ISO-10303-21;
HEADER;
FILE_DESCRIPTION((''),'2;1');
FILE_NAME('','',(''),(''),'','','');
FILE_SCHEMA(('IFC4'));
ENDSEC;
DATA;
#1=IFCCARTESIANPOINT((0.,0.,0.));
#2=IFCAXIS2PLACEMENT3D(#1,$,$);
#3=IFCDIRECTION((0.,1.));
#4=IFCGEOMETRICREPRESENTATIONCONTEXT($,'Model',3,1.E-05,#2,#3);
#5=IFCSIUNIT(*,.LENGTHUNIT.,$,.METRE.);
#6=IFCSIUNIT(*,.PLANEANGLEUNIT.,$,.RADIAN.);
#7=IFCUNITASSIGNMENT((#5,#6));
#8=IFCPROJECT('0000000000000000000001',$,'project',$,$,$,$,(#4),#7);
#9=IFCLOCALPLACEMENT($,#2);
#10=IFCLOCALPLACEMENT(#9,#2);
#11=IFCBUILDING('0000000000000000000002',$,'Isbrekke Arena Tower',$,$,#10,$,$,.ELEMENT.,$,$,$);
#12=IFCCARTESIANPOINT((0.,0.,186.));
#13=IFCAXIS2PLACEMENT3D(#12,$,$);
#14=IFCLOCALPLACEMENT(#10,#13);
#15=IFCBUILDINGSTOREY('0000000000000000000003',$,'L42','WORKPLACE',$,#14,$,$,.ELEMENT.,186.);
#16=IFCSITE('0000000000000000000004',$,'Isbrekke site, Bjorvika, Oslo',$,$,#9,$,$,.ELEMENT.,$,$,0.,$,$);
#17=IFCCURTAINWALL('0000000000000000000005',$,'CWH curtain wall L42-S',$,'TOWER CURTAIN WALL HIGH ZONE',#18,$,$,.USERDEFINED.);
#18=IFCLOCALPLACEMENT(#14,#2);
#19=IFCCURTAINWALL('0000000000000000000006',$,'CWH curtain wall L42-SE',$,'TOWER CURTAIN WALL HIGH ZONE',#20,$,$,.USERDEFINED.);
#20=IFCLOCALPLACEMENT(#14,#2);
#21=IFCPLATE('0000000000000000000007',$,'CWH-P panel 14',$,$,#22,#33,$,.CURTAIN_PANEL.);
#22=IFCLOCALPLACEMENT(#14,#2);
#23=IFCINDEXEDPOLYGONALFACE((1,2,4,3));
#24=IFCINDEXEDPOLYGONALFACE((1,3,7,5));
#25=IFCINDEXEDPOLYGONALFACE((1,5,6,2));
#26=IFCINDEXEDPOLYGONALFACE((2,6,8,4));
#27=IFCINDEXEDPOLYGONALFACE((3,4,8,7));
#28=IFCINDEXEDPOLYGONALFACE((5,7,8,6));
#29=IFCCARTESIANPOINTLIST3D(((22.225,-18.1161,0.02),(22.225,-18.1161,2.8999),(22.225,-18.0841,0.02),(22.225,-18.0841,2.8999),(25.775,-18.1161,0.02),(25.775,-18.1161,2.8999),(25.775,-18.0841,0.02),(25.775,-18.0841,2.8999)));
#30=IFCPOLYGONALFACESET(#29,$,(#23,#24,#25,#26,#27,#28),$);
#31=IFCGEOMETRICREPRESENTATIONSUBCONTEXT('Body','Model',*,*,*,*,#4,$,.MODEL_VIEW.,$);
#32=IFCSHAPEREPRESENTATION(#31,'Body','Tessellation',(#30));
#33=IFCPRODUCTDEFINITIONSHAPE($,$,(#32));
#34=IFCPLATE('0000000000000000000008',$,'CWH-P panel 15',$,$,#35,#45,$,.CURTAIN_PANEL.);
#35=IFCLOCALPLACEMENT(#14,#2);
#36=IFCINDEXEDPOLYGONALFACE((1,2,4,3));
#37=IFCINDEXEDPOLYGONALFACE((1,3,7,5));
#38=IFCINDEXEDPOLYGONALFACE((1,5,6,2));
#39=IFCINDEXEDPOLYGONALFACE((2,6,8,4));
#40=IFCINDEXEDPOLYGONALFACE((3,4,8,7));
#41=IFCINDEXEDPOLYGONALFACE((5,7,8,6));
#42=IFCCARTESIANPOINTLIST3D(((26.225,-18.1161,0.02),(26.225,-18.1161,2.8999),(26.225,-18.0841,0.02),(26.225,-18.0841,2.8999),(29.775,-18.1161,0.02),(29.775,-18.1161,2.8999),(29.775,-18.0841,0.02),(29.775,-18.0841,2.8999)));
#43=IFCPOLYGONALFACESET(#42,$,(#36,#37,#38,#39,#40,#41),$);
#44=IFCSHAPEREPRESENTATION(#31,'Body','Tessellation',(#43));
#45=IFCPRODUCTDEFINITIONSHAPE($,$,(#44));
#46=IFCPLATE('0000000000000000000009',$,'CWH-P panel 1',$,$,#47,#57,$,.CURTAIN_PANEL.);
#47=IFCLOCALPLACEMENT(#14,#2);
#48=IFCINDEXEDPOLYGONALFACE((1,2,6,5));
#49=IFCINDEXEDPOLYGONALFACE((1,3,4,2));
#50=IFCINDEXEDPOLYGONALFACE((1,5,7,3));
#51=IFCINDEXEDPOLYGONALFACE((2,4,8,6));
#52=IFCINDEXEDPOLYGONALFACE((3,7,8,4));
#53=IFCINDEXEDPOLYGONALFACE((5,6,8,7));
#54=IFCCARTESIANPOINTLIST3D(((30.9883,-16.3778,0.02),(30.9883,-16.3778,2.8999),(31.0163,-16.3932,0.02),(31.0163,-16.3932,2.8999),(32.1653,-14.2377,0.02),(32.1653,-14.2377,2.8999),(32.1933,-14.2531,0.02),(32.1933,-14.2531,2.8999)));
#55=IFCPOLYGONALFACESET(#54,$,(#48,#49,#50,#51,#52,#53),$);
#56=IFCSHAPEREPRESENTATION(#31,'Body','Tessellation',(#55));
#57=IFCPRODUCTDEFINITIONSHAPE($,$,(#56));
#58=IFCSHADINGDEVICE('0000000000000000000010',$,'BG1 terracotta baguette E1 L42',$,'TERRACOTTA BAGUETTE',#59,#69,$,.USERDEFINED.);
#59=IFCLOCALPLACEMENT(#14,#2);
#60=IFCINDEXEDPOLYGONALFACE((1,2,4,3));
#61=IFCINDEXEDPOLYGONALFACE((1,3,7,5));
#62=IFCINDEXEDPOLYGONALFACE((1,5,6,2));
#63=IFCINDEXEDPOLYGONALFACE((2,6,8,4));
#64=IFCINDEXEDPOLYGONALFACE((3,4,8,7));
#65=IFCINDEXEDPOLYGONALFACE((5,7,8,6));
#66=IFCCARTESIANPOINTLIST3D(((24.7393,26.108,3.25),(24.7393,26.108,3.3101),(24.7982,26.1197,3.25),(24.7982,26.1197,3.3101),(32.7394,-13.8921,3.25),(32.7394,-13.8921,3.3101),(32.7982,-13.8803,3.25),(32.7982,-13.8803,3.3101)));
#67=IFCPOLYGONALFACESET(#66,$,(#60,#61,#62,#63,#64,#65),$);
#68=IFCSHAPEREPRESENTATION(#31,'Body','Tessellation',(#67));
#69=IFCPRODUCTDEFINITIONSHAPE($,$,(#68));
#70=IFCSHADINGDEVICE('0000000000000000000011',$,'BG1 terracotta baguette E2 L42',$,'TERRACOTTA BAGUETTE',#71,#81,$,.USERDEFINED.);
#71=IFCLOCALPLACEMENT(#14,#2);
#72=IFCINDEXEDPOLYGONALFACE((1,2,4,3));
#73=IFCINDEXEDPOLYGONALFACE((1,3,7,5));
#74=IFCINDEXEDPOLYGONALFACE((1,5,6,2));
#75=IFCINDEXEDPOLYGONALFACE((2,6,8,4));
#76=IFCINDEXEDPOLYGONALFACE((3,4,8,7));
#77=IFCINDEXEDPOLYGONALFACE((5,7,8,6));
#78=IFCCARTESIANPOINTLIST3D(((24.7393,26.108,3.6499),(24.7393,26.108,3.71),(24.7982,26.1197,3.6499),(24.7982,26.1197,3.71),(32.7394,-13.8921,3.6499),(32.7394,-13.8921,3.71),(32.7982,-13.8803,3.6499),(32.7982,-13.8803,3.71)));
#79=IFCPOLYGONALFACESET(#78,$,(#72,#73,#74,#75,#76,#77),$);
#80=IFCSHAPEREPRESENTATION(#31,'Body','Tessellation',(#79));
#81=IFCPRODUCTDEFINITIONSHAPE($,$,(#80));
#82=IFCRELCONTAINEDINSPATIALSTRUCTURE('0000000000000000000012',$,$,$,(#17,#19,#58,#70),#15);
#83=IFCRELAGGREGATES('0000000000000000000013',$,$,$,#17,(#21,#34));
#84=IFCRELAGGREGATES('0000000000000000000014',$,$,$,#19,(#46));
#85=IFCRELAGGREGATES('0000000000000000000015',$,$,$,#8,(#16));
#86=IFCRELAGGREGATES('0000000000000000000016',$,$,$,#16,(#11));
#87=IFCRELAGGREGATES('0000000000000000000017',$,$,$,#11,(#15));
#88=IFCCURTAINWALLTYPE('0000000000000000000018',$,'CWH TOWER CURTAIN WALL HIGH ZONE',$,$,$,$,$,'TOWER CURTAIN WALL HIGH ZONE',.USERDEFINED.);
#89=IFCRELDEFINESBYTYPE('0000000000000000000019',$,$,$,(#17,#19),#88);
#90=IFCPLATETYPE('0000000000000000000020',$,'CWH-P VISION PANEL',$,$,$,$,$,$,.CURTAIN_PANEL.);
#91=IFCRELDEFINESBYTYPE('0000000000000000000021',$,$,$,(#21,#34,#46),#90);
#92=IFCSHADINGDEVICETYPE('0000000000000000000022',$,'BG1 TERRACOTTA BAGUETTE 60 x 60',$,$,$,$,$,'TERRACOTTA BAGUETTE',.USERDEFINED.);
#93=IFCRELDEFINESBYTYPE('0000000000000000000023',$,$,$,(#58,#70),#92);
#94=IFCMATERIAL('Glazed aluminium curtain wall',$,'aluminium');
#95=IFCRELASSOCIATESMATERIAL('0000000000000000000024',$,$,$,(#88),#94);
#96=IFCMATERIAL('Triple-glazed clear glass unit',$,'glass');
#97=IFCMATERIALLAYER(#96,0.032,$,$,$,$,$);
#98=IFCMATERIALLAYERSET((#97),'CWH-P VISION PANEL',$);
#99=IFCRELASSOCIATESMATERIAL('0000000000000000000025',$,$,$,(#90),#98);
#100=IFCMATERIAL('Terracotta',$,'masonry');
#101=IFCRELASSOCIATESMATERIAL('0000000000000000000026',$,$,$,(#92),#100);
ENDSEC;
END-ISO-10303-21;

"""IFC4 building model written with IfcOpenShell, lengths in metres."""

from ifc_helpers import new_model, si_unit, direction, frame, origin, origin_2d, place, context, subcontext, project, spatial, rectangle, extrude, material, layer, layer_set, material_profile, profile_set, type_object, element, aggregate, save


model = new_model("IFC4")

# Units and contexts
model_context = context("Model", 3, precision=1e-05, world=origin(), true_north=direction((0.0, 1.0)))
body_context = subcontext(model_context, "Body", "Model", "MODEL_VIEW")
ifc_project = project(units=[si_unit("LENGTHUNIT", "METRE"), si_unit("PLANEANGLEUNIT", "RADIAN")], contexts=[model_context])

# Site, building, storey
site_placement = place(None, origin())
site = spatial("IfcSite", under=ifc_project, at=site_placement, Name="Isbrekke site, Bjorvika, Oslo", CompositionType="ELEMENT", RefElevation=0.0)
building_placement = place(site_placement, origin())
building = spatial("IfcBuilding", under=site, at=building_placement, Name="Isbrekke Arena Tower", CompositionType="ELEMENT")
storey_placement = place(building_placement, frame((0.0, 0.0, 186.0)))
storey = spatial("IfcBuildingStorey", under=building, at=storey_placement, Name="L42", Description="WORKPLACE", CompositionType="ELEMENT", Elevation=186.0)

# Curtain walls
ifc_material_1 = material(Name="Glazed aluminium curtain wall", Category="aluminium")
curtain_wall_type = type_object("IfcCurtainWallType", Name="CWH TOWER CURTAIN WALL HIGH ZONE", ElementType="TOWER CURTAIN WALL HIGH ZONE", PredefinedType="USERDEFINED", material=ifc_material_1)
curtain_wall_1_placement = place(storey_placement, origin())
curtain_wall_1 = element("IfcCurtainWall", 1, at=curtain_wall_1_placement, inside=storey, type_object=curtain_wall_type, Name="CWH curtain wall L42-S", ObjectType="TOWER CURTAIN WALL HIGH ZONE", PredefinedType="USERDEFINED")
curtain_wall_2_placement = place(storey_placement, origin())
curtain_wall_2 = element("IfcCurtainWall", 2, at=curtain_wall_2_placement, inside=storey, type_object=curtain_wall_type, Name="CWH curtain wall L42-SE", ObjectType="TOWER CURTAIN WALL HIGH ZONE", PredefinedType="USERDEFINED")

# Plates
ifc_material_2 = material(Name="Triple-glazed clear glass unit", Category="glass")
ifc_layer = layer(ifc_material_2, 0.032)
ifc_layer_set = layer_set([ifc_layer], Name="CWH-P VISION PANEL")
plate_type = type_object("IfcPlateType", Name="CWH-P VISION PANEL", PredefinedType="CURTAIN_PANEL", material=ifc_layer_set)
plate_1_placement = place(storey_placement, frame((24.0, -18.1001, 0.02), z_axis=(0.0, 0.0, 1.0), x_axis=(1.0, 0.0, 0.0)))
plate_1 = element("IfcPlate", 3, at=plate_1_placement, type_object=plate_type, Name="CWH-P panel 14", PredefinedType="CURTAIN_PANEL", context=body_context, shape_type="SweptSolid", body=[
    extrude(rectangle(XDim=3.55, YDim=0.032, at=origin_2d()), origin(), (0.0, 0.0, 1.0), 2.8799),
])
plate_2_placement = place(storey_placement, frame((28.0, -18.1001, 0.02), z_axis=(0.0, 0.0, 1.0), x_axis=(1.0, 0.0, 0.0)))
plate_2 = element("IfcPlate", 4, at=plate_2_placement, type_object=plate_type, Name="CWH-P panel 15", PredefinedType="CURTAIN_PANEL", context=body_context, shape_type="SweptSolid", body=[
    extrude(rectangle(XDim=3.55, YDim=0.032, at=origin_2d()), origin(), (0.0, 0.0, 1.0), 2.8799),
])
aggregate(curtain_wall_1, [plate_1, plate_2])
plate_3_placement = place(storey_placement, frame((31.5908, -15.3154, 0.02), z_axis=(0.0, 0.0, 1.0), x_axis=(0.481919, 0.876216, 0.0)))
plate_3 = element("IfcPlate", 5, at=plate_3_placement, type_object=plate_type, Name="CWH-P panel 1", PredefinedType="CURTAIN_PANEL", context=body_context, shape_type="SweptSolid", body=[
    extrude(rectangle(XDim=2.4424, YDim=0.032, at=origin_2d()), origin(), (0.0, 0.0, 1.0), 2.8799),
])
aggregate(curtain_wall_2, [plate_3])

# Shading devices
ifc_material_3 = material(Name="Terracotta", Category="masonry")
ifc_material_profile_1 = material_profile(ifc_material_3, rectangle(XDim=0.0601, YDim=0.0601, at=origin_2d()), Name="BAGUETTE 60X60")
ifc_profile_set_1 = profile_set([ifc_material_profile_1], Name="Terracotta")
shading_device_type = type_object("IfcShadingDeviceType", Name="BG1 TERRACOTTA BAGUETTE 60 x 60", ElementType="TERRACOTTA BAGUETTE", PredefinedType="USERDEFINED", material=ifc_profile_set_1)
for number, where, z_axis, x_axis, name in (
    (6, (32.7688, -13.8862, 3.28), (-0.196116, 0.980581, 0.0), (-0.980581, -0.196116, 0.0), "BG1 terracotta baguette E1 L42"),
    (7, (32.7688, -13.8862, 3.6799), (-0.196116, 0.980581, 0.0), (-0.980581, -0.196116, 0.0), "BG1 terracotta baguette E2 L42"),
):
    element("IfcShadingDevice", number, at=place(storey_placement, frame(where, z_axis=z_axis, x_axis=x_axis)), inside=storey, type_object=shading_device_type, Name=name, ObjectType="TERRACOTTA BAGUETTE", PredefinedType="USERDEFINED", context=body_context, shape_type="SweptSolid", body=[
        extrude(rectangle(XDim=0.0601, YDim=0.0601, at=origin_2d()), origin(), (0.0, 0.0, 1.0), 40.7922),
    ])

save(model, "model.ifc")
